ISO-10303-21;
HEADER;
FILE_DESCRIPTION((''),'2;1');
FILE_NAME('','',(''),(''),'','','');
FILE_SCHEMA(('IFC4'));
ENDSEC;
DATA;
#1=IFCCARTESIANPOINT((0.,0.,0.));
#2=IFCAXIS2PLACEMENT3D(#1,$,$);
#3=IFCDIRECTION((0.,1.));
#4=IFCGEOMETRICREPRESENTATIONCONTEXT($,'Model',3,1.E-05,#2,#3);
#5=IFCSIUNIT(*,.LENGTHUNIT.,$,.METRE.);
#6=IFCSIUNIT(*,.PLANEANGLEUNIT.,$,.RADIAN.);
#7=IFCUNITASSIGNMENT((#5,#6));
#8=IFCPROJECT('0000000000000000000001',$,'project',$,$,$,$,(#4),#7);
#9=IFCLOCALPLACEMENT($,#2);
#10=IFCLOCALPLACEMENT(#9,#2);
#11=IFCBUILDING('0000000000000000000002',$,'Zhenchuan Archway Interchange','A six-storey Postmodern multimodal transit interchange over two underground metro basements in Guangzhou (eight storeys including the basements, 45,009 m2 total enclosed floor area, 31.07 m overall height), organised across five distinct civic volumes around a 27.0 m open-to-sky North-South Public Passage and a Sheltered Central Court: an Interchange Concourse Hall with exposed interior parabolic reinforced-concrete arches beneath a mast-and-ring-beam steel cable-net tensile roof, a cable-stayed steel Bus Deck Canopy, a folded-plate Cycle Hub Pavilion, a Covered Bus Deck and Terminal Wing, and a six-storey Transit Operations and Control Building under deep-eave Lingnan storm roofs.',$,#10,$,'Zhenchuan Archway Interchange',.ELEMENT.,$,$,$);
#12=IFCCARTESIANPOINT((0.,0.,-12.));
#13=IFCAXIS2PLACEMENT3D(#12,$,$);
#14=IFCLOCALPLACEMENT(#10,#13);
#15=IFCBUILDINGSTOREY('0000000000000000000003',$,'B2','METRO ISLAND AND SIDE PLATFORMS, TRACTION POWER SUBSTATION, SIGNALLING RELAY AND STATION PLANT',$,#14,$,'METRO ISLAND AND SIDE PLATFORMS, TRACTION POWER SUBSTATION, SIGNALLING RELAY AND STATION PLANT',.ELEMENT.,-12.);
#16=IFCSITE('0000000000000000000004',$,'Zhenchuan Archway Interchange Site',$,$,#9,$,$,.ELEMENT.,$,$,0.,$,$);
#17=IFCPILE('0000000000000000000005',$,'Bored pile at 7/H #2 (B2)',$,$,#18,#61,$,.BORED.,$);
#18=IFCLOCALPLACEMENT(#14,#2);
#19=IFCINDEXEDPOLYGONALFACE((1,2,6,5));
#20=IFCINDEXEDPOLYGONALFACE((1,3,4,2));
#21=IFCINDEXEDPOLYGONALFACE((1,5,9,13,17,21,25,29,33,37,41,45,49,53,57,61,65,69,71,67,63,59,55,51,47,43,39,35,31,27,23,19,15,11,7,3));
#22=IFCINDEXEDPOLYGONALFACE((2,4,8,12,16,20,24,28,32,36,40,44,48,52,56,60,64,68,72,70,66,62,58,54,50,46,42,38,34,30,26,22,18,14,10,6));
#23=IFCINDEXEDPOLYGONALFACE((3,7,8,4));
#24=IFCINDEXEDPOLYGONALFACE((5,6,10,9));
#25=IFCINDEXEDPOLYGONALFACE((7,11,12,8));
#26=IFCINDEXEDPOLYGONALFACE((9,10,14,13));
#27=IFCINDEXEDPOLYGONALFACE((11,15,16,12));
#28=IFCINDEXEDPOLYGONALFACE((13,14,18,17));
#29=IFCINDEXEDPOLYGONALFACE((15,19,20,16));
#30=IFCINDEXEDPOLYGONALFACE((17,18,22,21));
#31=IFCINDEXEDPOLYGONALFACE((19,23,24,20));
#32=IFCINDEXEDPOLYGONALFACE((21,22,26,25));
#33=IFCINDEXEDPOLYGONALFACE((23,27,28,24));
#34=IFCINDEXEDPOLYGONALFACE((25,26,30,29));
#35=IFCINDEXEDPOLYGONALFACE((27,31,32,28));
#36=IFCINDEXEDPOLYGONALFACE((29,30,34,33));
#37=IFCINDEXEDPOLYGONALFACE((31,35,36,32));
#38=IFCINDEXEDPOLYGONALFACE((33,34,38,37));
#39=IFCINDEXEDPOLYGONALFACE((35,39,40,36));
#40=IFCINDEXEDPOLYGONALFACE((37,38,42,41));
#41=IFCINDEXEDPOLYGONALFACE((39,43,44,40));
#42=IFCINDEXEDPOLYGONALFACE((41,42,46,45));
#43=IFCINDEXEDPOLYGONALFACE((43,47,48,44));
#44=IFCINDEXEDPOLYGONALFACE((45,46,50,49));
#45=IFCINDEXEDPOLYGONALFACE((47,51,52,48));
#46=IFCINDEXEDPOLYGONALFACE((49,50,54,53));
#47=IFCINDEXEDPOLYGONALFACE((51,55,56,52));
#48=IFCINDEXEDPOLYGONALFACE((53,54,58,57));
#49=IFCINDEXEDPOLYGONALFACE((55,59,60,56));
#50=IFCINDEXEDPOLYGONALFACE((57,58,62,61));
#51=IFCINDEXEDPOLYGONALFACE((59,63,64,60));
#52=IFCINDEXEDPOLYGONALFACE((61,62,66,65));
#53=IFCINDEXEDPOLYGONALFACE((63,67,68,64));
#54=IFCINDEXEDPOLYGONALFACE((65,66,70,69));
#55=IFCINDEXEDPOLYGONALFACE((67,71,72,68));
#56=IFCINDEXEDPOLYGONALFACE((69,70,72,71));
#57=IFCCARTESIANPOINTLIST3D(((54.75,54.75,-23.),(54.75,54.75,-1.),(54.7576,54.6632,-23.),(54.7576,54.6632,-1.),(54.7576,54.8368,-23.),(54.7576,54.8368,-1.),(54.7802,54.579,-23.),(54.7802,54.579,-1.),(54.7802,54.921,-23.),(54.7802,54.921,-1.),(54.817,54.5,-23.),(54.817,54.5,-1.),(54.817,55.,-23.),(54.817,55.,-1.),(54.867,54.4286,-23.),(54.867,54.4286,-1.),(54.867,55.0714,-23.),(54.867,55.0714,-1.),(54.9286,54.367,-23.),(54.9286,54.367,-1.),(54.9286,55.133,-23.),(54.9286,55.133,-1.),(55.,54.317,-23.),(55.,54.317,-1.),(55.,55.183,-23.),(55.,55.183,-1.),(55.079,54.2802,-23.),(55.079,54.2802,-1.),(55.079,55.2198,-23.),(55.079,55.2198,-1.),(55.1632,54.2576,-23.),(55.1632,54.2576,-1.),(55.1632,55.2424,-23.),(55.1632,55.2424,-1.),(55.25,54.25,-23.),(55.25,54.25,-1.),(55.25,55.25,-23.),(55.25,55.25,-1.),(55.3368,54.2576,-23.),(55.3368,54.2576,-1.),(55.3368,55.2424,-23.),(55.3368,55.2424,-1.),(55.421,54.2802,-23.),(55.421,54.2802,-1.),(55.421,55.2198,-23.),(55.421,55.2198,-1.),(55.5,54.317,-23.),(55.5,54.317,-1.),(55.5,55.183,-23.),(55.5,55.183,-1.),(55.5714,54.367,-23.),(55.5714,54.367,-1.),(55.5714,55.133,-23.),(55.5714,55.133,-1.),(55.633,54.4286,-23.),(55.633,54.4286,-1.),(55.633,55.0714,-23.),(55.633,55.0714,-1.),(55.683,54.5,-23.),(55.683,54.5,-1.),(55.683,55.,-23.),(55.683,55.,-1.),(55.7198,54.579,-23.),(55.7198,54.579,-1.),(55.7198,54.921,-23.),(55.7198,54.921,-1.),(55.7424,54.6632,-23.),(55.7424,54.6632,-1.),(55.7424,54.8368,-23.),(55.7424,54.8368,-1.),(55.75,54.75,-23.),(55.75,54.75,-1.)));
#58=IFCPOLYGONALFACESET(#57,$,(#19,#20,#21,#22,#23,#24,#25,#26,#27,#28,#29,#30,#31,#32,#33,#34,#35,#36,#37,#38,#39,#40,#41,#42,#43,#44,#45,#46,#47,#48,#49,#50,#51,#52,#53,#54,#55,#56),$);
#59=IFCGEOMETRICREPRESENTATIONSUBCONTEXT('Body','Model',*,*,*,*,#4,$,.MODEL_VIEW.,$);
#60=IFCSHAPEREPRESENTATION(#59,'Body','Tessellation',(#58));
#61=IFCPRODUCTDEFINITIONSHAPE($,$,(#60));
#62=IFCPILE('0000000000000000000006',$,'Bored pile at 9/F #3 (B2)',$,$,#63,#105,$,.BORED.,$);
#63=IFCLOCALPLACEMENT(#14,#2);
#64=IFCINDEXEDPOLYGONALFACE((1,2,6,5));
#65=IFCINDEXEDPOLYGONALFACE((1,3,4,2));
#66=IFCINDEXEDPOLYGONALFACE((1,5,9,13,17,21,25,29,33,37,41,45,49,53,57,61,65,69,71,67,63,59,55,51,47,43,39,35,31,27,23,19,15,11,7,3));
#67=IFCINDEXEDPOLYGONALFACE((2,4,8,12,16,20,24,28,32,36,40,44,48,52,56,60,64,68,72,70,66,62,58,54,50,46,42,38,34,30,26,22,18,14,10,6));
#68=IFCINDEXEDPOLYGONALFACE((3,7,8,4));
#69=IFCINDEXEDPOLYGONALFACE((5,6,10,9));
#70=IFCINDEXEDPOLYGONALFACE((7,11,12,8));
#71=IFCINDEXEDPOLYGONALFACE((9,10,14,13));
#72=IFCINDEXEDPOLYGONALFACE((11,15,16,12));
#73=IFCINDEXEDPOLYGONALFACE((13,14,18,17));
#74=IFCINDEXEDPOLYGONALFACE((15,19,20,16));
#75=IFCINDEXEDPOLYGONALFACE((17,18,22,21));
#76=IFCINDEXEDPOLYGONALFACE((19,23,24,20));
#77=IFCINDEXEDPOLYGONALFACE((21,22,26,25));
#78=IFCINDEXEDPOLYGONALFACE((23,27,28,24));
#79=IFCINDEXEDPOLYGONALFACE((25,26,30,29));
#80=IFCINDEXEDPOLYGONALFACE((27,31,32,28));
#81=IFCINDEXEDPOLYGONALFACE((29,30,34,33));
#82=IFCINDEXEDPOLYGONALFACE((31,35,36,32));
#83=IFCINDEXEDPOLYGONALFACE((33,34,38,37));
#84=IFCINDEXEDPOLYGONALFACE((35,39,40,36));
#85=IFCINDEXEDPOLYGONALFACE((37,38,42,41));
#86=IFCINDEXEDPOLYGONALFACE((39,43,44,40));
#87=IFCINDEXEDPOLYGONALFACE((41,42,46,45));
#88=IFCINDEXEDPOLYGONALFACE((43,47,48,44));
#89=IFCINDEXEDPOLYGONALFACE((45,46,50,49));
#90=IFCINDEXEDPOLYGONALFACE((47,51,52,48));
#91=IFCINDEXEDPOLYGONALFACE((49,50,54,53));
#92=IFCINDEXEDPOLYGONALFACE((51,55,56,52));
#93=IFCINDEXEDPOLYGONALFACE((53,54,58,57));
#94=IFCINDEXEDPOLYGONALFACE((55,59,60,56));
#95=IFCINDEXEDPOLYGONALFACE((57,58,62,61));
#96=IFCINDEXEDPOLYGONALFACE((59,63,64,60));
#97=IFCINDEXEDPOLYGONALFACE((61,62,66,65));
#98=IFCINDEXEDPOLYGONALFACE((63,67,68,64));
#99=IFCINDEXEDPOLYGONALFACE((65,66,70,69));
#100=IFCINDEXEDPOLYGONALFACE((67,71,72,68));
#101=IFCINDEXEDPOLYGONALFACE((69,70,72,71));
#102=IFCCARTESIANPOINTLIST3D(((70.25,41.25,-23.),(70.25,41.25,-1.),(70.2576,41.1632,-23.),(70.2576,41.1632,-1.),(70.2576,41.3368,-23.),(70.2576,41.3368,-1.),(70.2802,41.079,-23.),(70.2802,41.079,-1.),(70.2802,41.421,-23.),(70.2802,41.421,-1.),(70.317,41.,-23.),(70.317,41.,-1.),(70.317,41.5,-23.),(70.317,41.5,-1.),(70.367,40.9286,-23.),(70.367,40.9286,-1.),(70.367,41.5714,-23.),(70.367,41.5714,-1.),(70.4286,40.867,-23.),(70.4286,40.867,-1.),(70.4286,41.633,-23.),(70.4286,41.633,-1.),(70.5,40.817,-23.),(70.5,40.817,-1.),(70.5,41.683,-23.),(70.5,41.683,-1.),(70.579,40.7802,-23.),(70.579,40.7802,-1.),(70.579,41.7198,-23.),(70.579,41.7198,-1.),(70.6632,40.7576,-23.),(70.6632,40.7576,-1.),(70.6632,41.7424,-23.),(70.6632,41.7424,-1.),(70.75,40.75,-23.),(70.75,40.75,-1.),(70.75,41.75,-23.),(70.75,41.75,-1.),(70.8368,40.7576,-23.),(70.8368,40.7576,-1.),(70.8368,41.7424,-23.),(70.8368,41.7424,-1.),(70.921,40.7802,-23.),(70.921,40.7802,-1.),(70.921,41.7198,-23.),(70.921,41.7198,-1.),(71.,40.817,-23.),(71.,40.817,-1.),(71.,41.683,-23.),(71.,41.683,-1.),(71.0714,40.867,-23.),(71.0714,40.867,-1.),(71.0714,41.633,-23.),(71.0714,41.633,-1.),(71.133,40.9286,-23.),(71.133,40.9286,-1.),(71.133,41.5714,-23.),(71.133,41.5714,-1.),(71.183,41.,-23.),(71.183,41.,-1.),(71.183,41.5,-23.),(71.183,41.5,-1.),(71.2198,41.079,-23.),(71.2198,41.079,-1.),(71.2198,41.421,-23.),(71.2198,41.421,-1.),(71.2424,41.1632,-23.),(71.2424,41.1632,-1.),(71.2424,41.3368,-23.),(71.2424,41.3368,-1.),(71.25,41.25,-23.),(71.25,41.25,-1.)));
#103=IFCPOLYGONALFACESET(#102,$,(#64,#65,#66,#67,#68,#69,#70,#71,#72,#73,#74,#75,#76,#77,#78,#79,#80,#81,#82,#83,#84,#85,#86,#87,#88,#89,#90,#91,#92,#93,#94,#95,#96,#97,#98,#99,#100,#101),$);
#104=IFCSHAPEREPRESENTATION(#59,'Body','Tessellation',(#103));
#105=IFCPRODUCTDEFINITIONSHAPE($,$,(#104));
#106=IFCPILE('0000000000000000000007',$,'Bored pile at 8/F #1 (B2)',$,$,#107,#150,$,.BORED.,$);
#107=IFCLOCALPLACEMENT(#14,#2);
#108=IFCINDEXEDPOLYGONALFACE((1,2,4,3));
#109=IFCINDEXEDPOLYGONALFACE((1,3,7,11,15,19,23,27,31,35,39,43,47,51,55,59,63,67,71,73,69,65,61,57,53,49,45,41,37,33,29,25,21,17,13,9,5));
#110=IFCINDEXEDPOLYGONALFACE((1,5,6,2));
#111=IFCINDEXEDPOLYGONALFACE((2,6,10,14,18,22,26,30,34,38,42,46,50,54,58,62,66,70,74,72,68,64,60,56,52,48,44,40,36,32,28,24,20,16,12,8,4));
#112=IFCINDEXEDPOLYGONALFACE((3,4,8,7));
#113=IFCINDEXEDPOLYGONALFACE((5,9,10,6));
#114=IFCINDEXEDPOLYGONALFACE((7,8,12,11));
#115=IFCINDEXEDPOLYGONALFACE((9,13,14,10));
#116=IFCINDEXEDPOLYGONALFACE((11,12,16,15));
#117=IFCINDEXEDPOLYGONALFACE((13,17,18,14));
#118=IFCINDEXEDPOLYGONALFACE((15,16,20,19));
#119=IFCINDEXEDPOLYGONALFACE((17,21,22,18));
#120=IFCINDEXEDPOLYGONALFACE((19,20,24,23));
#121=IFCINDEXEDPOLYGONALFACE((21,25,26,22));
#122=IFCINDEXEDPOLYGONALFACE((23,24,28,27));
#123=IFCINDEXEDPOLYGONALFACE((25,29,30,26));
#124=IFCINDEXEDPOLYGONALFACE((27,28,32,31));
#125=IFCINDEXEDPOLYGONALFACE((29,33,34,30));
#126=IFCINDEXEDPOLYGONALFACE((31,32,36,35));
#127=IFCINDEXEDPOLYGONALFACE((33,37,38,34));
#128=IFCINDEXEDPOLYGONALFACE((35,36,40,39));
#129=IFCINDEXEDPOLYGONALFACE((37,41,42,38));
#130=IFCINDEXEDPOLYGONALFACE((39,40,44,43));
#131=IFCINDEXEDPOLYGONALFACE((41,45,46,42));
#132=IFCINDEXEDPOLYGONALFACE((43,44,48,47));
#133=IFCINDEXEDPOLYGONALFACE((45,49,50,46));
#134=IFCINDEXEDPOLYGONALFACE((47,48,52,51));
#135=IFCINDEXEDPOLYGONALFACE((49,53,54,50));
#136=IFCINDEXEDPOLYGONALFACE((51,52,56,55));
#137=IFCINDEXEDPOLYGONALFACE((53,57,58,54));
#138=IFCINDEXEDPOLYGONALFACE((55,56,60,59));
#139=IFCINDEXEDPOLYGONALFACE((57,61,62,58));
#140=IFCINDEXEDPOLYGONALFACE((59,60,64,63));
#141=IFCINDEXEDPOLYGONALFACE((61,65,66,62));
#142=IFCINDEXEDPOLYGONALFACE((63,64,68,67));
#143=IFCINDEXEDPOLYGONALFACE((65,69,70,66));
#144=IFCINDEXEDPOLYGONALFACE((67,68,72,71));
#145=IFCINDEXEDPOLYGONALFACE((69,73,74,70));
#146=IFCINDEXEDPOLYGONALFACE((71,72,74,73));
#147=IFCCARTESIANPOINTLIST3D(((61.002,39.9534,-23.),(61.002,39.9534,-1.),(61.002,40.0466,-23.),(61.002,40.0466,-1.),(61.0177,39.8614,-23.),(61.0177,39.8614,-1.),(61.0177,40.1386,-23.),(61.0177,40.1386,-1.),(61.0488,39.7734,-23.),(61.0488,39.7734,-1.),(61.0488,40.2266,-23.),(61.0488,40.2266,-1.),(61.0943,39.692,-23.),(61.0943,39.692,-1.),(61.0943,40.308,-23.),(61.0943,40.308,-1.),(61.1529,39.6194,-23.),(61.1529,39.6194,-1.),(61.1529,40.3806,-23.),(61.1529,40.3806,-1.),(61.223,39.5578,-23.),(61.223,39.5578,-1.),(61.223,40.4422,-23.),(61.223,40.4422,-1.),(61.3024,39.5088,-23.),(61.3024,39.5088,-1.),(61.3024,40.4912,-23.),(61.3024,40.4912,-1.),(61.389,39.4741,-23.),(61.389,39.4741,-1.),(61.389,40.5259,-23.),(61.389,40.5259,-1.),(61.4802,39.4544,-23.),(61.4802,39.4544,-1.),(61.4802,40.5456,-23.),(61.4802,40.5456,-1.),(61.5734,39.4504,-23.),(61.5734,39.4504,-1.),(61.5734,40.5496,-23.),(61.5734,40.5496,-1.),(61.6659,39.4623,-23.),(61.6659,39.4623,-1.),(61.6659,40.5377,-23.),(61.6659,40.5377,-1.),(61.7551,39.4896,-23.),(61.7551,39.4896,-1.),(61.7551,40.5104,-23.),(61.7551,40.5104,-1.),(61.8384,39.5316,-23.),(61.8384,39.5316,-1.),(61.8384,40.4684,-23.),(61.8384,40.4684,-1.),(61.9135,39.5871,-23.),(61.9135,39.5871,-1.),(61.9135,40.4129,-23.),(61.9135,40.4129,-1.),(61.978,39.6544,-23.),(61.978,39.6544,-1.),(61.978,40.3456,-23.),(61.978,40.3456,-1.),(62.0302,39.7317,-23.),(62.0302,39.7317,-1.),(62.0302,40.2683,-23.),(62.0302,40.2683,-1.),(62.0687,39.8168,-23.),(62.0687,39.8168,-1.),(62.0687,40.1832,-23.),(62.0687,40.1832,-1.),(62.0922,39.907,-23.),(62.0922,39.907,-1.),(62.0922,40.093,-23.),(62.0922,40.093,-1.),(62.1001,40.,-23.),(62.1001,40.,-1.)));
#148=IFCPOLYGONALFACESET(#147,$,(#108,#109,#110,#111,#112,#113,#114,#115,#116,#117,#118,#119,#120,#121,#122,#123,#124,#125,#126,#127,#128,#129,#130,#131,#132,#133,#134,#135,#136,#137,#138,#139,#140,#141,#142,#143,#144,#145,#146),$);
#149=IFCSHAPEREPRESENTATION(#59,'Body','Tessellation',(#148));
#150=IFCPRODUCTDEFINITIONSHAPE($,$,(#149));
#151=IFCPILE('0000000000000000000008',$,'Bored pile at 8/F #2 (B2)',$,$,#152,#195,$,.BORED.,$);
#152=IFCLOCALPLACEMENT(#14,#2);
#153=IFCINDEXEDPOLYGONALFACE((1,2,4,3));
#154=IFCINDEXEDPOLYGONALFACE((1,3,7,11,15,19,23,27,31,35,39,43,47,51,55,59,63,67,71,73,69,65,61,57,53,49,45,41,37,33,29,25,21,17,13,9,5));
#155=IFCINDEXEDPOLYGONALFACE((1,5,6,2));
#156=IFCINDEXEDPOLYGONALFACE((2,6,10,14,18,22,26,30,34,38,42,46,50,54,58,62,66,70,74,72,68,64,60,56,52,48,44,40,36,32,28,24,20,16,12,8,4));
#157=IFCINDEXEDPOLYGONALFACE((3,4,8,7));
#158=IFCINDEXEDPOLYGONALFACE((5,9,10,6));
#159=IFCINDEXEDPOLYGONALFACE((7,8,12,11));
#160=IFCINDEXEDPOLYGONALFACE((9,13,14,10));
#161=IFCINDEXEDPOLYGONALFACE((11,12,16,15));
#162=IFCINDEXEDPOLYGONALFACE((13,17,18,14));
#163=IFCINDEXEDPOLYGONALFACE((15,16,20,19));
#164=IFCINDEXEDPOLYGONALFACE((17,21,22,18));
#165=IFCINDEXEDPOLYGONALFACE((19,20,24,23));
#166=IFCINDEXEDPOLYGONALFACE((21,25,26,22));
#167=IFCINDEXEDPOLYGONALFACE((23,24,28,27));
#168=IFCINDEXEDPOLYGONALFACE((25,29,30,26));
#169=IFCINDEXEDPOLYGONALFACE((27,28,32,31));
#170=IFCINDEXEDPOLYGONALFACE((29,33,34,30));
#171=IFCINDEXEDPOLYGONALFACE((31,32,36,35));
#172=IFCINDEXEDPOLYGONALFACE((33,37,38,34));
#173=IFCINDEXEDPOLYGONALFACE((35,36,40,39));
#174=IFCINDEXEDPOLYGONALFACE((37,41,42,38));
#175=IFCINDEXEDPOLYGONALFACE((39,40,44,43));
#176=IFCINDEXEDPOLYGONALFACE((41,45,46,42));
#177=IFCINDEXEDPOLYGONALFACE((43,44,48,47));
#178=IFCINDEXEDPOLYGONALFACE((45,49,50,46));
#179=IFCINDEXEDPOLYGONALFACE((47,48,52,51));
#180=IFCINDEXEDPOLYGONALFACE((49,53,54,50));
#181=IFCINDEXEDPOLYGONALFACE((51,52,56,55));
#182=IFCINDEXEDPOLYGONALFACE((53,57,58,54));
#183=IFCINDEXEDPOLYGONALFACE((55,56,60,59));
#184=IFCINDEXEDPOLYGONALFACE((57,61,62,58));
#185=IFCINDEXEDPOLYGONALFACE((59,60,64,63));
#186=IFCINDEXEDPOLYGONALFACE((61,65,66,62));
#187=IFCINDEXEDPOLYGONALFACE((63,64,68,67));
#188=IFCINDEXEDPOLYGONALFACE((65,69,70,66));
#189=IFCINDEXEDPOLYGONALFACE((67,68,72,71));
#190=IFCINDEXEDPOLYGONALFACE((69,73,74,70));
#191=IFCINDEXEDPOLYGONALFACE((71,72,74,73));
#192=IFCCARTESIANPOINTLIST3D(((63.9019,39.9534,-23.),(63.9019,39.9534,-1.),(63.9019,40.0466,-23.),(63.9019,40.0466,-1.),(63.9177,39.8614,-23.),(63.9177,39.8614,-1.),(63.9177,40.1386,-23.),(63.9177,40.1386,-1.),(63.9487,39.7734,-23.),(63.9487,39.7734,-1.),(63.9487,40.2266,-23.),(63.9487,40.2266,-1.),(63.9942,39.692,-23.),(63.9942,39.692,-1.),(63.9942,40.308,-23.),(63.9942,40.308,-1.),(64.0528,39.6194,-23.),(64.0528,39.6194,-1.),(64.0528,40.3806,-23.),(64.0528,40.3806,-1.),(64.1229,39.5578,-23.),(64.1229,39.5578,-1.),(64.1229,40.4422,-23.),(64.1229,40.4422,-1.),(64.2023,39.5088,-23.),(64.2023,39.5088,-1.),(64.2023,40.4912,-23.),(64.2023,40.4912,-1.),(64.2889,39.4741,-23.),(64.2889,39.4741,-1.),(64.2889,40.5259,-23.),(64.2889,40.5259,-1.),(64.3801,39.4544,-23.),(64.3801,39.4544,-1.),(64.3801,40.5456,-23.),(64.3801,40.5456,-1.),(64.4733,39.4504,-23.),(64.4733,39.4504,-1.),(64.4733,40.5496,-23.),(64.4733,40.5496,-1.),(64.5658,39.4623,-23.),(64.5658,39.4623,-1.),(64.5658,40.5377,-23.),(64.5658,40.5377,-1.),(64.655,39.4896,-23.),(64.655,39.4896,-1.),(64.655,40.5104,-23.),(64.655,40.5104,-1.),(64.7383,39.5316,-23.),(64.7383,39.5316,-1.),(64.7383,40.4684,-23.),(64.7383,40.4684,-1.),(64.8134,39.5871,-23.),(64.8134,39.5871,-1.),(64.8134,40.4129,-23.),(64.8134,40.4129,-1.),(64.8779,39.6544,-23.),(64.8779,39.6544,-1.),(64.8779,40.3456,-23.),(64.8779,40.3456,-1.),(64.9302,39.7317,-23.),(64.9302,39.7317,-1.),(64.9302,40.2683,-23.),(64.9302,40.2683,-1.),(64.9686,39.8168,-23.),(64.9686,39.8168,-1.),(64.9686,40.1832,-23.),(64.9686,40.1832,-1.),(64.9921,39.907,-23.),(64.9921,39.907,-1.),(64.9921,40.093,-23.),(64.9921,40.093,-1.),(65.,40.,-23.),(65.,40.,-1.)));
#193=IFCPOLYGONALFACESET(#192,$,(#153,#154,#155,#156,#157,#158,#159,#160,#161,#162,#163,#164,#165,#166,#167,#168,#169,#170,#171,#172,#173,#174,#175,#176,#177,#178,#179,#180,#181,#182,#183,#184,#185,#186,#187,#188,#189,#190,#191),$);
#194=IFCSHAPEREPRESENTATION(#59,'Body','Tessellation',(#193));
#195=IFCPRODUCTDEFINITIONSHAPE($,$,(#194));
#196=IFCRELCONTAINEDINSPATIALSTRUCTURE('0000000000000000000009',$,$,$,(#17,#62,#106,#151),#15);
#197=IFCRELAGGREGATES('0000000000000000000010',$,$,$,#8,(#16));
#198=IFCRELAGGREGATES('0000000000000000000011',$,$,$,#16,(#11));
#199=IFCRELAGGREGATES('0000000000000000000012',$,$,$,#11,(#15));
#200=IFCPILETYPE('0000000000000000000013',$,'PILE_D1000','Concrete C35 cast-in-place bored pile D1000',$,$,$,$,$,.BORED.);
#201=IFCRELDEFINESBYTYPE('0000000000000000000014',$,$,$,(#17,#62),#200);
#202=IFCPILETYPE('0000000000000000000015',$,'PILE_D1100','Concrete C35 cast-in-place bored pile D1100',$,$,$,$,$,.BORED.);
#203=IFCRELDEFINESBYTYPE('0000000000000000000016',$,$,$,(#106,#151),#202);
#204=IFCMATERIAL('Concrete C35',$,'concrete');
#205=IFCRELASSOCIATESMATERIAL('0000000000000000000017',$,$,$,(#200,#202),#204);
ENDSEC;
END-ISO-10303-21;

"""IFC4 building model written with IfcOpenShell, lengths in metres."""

from ifc_helpers import new_model, si_unit, direction, frame, origin, origin_2d, place, context, subcontext, project, spatial, circle, extrude, material, material_profile, profile_set, type_object, element, save


model = new_model("IFC4")

# Units and contexts
model_context = context("Model", 3, precision=1e-05, world=origin(), true_north=direction((0.0, 1.0)))
body_context = subcontext(model_context, "Body", "Model", "MODEL_VIEW")
ifc_project = project(units=[si_unit("LENGTHUNIT", "METRE"), si_unit("PLANEANGLEUNIT", "RADIAN")], contexts=[model_context])

# Site, building, storey
site_placement = place(None, origin())
site = spatial("IfcSite", under=ifc_project, at=site_placement, Name="Zhenchuan Archway Interchange Site", CompositionType="ELEMENT", RefElevation=0.0)
building_placement = place(site_placement, origin())
building = spatial("IfcBuilding", under=site, at=building_placement, Name="Zhenchuan Archway Interchange", Description="A six-storey Postmodern multimodal transit interchange over two underground metro basements in Guangzhou (eight storeys including the basements, 45,009 m2 total enclosed floor area, 31.07 m overall height), organised across five distinct civic volumes around a 27.0 m open-to-sky North-South Public Passage and a Sheltered Central Court: an Interchange Concourse Hall with exposed interior parabolic reinforced-concrete arches beneath a mast-and-ring-beam steel cable-net tensile roof, a cable-stayed steel Bus Deck Canopy, a folded-plate Cycle Hub Pavilion, a Covered Bus Deck and Terminal Wing, and a six-storey Transit Operations and Control Building under deep-eave Lingnan storm roofs.", LongName="Zhenchuan Archway Interchange", CompositionType="ELEMENT")
storey_placement = place(building_placement, frame((0.0, 0.0, -12.0)))
storey = spatial("IfcBuildingStorey", under=building, at=storey_placement, Name="B2", Description="METRO ISLAND AND SIDE PLATFORMS, TRACTION POWER SUBSTATION, SIGNALLING RELAY AND STATION PLANT", LongName="METRO ISLAND AND SIDE PLATFORMS, TRACTION POWER SUBSTATION, SIGNALLING RELAY AND STATION PLANT", CompositionType="ELEMENT", Elevation=-12.0)

# Piles
ifc_material_1 = material(Name="Concrete C35", Category="concrete")
ifc_material_profile_1 = material_profile(ifc_material_1, circle(Radius=0.5, at=origin_2d()), Name="BORED PILE 1000")
ifc_profile_set_1 = profile_set([ifc_material_profile_1], Name="Concrete C35")
pile_type_1 = type_object("IfcPileType", Name="PILE_D1000", Description="Concrete C35 cast-in-place bored pile D1000", PredefinedType="BORED", material=ifc_profile_set_1)
for number, where, z_axis, x_axis, name in (
    (1, (55.25, 54.75, -1.0), (0.0, 0.0, -1.0), (1.0, 0.0, 0.0), "Bored pile at 7/H #2 (B2)"),
    (2, (70.75, 41.25, -1.0), (0.0, 0.0, -1.0), (1.0, 0.0, 0.0), "Bored pile at 9/F #3 (B2)"),
):
    element("IfcPile", number, at=place(storey_placement, frame(where, z_axis=z_axis, x_axis=x_axis)), inside=storey, type_object=pile_type_1, Name=name, PredefinedType="BORED", context=body_context, shape_type="SweptSolid", body=[
        extrude(circle(Radius=0.5, at=origin_2d()), origin(), (0.0, 0.0, 1.0), 22.0),
    ])
ifc_material_profile_2 = material_profile(ifc_material_1, circle(Radius=0.55, at=origin_2d()), Name="BORED PILE 1100")
ifc_profile_set_2 = profile_set([ifc_material_profile_2], Name="Concrete C35")
pile_type_2 = type_object("IfcPileType", Name="PILE_D1100", Description="Concrete C35 cast-in-place bored pile D1100", PredefinedType="BORED", material=ifc_profile_set_2)
for number, where, z_axis, x_axis, name in (
    (3, (61.55, 40.0, -1.0), (0.0, 0.0, -1.0), (1.0, 0.0, 0.0), "Bored pile at 8/F #1 (B2)"),
    (4, (64.45, 40.0, -1.0), (0.0, 0.0, -1.0), (1.0, 0.0, 0.0), "Bored pile at 8/F #2 (B2)"),
):
    element("IfcPile", number, at=place(storey_placement, frame(where, z_axis=z_axis, x_axis=x_axis)), inside=storey, type_object=pile_type_2, Name=name, PredefinedType="BORED", context=body_context, shape_type="SweptSolid", body=[
        extrude(circle(Radius=0.55, at=origin_2d()), origin(), (0.0, 0.0, 1.0), 22.0),
    ])

save(model, "model.ifc")
